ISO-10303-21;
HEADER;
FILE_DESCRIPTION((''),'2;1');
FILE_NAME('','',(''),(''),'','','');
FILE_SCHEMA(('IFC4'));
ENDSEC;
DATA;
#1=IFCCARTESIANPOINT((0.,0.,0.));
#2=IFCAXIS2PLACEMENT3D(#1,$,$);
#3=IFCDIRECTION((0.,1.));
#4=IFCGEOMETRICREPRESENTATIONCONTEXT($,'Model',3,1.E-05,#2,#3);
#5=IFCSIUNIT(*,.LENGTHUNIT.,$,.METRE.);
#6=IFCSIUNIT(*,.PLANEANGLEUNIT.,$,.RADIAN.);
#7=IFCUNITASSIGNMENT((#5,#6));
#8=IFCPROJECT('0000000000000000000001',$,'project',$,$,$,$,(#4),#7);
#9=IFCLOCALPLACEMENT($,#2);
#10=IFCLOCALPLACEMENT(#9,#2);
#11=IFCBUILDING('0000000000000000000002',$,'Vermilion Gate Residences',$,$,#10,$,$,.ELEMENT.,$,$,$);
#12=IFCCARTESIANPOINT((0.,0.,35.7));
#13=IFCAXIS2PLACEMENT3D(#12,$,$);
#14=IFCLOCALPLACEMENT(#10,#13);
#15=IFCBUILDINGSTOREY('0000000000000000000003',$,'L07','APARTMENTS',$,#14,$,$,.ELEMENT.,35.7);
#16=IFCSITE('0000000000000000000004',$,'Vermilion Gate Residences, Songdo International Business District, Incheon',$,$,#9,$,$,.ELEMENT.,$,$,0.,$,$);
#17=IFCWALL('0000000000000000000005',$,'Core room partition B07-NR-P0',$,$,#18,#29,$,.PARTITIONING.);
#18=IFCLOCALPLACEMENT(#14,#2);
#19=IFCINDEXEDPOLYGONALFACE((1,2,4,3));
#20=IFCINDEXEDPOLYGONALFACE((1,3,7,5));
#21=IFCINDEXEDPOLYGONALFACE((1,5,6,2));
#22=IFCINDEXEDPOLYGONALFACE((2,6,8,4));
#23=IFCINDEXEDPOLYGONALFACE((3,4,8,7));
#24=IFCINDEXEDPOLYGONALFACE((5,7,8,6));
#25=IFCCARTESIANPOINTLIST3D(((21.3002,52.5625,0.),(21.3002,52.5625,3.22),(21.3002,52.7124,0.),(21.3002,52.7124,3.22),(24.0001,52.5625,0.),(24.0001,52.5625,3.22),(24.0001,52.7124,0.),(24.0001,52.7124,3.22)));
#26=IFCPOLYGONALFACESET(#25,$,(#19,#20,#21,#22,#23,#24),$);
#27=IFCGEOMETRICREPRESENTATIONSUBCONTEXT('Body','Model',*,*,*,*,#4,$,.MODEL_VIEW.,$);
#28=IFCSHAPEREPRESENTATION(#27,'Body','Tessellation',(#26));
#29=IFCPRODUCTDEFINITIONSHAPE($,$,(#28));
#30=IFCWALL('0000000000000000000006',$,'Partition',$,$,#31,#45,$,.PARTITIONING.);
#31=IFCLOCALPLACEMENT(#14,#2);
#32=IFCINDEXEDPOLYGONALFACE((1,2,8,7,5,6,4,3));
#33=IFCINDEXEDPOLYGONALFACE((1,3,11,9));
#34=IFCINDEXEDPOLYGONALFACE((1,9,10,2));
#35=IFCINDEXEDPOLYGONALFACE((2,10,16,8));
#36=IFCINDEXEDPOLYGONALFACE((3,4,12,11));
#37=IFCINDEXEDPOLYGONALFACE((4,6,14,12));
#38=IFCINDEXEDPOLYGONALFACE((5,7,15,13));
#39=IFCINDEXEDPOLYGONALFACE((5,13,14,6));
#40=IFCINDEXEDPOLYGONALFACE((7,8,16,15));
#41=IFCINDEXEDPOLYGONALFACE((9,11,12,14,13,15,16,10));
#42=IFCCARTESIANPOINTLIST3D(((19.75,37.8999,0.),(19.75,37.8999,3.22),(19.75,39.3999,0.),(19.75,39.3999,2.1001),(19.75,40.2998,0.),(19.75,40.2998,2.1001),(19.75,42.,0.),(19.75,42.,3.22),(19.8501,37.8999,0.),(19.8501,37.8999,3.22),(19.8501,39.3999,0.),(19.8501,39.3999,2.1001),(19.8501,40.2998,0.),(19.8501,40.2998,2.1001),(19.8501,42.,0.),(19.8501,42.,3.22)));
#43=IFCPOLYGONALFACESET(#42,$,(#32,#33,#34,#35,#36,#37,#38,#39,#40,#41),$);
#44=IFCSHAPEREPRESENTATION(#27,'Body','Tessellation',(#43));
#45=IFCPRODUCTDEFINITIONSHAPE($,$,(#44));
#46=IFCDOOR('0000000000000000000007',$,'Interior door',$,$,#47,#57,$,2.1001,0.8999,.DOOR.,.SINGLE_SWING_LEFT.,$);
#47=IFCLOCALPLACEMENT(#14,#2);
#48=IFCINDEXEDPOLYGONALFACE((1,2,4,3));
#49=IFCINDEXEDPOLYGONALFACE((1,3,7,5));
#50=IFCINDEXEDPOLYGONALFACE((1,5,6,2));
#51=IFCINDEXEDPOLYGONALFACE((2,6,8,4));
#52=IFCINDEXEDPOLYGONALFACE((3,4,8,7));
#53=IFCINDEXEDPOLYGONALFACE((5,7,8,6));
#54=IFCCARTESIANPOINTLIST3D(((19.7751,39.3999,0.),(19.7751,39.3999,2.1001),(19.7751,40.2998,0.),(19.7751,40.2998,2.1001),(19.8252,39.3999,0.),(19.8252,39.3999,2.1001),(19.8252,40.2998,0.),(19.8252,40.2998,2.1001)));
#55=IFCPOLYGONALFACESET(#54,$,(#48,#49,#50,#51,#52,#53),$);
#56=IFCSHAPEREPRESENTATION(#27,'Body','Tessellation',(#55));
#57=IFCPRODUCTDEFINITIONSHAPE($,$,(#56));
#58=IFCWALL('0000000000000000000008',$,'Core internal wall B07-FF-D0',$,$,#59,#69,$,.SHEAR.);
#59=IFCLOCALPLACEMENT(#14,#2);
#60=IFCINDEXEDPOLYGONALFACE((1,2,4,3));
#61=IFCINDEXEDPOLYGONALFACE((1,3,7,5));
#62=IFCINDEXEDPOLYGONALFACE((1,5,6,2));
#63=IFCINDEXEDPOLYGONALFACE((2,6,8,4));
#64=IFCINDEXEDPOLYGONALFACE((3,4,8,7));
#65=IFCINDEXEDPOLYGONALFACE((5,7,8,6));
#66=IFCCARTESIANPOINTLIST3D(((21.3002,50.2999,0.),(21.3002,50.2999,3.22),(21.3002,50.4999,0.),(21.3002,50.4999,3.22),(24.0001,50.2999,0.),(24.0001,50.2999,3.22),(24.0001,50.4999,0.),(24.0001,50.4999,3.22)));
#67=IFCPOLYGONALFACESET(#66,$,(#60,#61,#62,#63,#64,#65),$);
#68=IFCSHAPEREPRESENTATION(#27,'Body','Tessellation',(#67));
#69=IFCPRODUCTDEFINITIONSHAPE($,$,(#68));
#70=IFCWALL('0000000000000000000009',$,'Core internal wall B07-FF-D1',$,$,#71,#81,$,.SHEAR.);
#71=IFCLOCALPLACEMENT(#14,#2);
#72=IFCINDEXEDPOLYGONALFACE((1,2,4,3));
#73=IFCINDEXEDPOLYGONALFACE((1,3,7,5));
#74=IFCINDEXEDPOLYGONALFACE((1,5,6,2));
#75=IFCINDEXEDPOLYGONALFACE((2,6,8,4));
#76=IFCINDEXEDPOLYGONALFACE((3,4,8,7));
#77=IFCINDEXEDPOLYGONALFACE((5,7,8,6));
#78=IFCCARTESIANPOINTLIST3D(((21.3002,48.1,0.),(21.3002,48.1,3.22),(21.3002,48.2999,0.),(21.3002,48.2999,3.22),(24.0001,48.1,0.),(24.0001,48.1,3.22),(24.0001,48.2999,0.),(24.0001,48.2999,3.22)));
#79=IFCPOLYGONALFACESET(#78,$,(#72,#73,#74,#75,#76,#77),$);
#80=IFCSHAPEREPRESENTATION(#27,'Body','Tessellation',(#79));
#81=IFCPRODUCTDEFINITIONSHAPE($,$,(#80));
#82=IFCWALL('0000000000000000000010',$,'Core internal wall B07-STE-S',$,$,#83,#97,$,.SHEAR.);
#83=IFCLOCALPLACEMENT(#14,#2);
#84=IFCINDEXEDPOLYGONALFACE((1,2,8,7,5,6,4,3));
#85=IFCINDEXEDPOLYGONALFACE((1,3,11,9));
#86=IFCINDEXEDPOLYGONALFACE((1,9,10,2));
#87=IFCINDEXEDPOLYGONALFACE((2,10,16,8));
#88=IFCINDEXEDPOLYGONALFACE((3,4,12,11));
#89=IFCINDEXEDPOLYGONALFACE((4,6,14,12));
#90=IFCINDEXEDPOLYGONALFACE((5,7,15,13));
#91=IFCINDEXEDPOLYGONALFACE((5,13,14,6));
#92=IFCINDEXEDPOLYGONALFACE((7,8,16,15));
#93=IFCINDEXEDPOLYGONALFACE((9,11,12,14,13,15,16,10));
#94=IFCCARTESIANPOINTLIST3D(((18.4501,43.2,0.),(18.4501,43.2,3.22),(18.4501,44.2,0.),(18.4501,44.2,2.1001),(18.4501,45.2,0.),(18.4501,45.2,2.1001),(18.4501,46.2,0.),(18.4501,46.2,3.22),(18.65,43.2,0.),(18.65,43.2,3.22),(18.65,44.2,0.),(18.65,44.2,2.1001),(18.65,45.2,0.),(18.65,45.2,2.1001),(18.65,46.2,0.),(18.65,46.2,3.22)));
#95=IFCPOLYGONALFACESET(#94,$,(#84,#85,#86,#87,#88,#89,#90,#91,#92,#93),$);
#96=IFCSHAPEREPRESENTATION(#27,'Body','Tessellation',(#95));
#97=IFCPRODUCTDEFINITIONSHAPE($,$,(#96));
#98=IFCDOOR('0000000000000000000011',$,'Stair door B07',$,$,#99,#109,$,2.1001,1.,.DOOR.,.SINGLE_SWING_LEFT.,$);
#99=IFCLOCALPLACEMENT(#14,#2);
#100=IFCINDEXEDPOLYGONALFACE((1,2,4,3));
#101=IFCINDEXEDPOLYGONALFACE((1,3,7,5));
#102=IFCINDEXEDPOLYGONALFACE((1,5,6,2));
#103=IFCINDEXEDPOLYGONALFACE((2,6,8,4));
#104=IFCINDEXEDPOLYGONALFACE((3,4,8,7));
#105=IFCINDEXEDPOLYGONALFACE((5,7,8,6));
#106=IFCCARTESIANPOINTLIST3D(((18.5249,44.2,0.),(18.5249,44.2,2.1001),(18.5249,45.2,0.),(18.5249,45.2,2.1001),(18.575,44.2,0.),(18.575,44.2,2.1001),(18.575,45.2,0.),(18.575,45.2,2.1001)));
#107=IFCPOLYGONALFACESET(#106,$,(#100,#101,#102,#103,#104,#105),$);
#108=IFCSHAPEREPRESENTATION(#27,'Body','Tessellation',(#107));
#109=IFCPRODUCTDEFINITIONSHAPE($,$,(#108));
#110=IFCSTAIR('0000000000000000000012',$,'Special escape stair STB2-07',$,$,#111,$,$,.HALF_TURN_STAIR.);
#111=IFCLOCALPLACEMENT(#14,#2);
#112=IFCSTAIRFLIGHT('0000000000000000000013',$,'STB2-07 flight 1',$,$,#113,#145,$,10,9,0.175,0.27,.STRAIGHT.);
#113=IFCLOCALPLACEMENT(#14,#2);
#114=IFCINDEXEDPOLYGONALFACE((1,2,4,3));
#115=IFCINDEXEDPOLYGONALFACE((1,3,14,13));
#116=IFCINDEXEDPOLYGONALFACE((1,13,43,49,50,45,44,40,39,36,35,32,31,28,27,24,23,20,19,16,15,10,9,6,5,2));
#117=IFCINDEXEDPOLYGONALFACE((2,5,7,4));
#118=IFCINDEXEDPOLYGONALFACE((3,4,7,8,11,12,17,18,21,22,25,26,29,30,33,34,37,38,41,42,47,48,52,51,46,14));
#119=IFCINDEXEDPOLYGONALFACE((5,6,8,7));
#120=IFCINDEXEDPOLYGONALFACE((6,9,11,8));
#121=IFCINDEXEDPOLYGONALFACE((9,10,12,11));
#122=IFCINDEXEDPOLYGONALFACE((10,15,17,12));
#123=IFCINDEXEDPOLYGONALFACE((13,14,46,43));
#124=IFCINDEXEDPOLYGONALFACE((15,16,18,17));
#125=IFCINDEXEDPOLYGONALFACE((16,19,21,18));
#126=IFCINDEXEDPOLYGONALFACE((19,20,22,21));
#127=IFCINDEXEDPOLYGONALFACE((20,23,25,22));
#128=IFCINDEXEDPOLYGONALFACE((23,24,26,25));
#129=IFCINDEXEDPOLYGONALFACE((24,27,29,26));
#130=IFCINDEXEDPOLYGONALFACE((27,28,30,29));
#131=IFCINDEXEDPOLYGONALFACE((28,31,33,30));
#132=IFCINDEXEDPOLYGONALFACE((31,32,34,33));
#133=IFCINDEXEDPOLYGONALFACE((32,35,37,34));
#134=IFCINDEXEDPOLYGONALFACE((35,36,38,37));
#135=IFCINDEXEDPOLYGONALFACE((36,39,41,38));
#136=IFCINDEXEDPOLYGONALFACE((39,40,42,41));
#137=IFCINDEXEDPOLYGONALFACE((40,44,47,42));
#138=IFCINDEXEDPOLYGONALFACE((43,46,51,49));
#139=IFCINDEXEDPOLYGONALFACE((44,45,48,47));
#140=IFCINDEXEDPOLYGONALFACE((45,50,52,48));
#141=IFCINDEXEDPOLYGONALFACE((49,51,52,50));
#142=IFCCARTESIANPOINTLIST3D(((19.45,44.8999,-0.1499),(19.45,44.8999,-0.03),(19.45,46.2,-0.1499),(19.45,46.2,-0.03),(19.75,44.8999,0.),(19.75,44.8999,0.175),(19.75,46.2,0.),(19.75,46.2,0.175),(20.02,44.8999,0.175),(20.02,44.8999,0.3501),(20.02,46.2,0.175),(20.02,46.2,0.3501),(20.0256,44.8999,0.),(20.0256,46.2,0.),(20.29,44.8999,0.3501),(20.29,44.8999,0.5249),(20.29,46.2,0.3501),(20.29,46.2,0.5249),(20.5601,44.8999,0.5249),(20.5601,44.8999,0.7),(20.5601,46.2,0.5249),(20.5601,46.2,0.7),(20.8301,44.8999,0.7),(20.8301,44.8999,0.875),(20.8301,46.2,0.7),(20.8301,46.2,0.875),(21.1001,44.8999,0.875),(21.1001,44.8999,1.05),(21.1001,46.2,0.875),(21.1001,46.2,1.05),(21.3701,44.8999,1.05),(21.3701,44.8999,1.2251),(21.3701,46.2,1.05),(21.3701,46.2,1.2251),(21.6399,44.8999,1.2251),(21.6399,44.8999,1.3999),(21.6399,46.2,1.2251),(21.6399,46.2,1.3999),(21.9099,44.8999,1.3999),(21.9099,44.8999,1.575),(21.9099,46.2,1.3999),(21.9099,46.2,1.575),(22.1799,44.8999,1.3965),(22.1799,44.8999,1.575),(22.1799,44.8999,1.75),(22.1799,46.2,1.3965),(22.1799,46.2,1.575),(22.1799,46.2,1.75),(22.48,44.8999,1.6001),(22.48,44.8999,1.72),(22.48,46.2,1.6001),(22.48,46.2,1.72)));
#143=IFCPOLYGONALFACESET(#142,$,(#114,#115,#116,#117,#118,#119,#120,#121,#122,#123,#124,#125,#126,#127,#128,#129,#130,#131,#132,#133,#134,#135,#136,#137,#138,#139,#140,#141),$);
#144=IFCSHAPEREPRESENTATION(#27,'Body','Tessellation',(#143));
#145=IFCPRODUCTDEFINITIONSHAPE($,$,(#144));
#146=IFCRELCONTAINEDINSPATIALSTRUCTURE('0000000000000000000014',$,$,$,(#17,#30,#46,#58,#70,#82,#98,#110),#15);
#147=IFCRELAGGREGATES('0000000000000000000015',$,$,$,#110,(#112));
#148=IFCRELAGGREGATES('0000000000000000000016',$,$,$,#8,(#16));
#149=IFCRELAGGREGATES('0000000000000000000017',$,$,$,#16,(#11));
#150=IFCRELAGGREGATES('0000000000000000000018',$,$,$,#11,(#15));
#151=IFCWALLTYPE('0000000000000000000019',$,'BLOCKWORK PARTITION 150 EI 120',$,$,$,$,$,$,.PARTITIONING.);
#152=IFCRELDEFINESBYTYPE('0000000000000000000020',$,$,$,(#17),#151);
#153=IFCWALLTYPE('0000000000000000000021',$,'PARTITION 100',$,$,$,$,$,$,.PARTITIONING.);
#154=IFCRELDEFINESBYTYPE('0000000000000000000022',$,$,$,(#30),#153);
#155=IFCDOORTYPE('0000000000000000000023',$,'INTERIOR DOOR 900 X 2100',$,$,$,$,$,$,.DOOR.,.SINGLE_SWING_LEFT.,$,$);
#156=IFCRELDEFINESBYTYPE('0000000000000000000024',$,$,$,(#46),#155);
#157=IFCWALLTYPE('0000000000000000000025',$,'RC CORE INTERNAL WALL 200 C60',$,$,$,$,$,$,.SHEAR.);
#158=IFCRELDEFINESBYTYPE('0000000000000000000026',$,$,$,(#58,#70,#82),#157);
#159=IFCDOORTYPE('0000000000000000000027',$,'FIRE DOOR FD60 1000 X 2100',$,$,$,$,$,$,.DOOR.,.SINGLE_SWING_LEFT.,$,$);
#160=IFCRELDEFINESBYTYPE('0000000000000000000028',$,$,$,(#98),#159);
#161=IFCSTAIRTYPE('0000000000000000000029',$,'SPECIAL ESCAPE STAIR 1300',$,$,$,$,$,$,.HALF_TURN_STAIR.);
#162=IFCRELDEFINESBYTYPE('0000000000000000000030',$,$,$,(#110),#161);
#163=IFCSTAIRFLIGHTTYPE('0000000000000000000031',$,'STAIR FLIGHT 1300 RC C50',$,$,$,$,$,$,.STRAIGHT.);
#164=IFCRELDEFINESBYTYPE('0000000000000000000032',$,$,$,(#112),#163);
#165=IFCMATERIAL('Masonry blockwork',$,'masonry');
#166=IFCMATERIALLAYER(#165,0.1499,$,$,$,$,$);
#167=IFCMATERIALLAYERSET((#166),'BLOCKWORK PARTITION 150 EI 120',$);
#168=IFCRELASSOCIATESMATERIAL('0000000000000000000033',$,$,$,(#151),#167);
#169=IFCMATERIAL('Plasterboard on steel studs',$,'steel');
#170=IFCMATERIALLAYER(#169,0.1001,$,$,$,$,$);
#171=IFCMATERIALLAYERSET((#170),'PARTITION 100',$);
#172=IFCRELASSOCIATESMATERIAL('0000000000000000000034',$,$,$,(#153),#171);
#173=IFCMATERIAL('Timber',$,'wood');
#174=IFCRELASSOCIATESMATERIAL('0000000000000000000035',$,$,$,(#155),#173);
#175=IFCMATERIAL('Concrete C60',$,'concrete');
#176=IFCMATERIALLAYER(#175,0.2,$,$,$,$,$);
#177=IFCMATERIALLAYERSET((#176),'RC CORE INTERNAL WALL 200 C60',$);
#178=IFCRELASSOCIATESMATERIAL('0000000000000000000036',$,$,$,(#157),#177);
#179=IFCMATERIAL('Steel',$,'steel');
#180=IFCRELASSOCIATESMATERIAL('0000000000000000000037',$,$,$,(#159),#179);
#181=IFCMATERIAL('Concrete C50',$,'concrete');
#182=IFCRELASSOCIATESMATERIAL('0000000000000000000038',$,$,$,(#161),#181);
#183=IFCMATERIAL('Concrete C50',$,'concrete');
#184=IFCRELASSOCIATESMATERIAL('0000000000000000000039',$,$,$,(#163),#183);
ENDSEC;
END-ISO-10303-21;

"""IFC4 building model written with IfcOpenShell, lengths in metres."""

from ifc_helpers import new_model, si_unit, direction, frame, frame_2d, origin, place, context, subcontext, project, spatial, polyline, rectangle, outline, extrude, material, layer, layer_set, type_object, element, fill, aggregate, save


model = new_model("IFC4")

# Units and contexts
model_context = context("Model", 3, precision=1e-05, world=origin(), true_north=direction((0.0, 1.0)))
body_context = subcontext(model_context, "Body", "Model", "MODEL_VIEW")
ifc_project = project(units=[si_unit("LENGTHUNIT", "METRE"), si_unit("PLANEANGLEUNIT", "RADIAN")], contexts=[model_context])

# Site, building, storey
site_placement = place(None, origin())
site = spatial("IfcSite", under=ifc_project, at=site_placement, Name="Vermilion Gate Residences, Songdo International Business District, Incheon", CompositionType="ELEMENT", RefElevation=0.0)
building_placement = place(site_placement, origin())
building = spatial("IfcBuilding", under=site, at=building_placement, Name="Vermilion Gate Residences", CompositionType="ELEMENT")
storey_placement = place(building_placement, frame((0.0, 0.0, 35.7)))
storey = spatial("IfcBuildingStorey", under=building, at=storey_placement, Name="L07", Description="APARTMENTS", CompositionType="ELEMENT", Elevation=35.7)

# Wall
ifc_material_1 = material(Name="Masonry blockwork", Category="masonry")
ifc_layer_1 = layer(ifc_material_1, 0.1499)
ifc_layer_set_1 = layer_set([ifc_layer_1], Name="BLOCKWORK PARTITION 150 EI 120")
wall_type_1 = type_object("IfcWallType", Name="BLOCKWORK PARTITION 150 EI 120", PredefinedType="PARTITIONING", material=ifc_layer_set_1)
wall_1_placement = place(storey_placement, frame((21.3, 52.6375, 0.0), z_axis=(0.0, 0.0, 1.0), x_axis=(1.0, 0.0, 0.0)))
element("IfcWall", 1, at=wall_1_placement, inside=storey, type_object=wall_type_1, Name="Core room partition B07-NR-P0", PredefinedType="PARTITIONING", context=body_context, shape_type="SweptSolid", body=[
    extrude(rectangle(XDim=2.7, YDim=0.1499, at=frame_2d((1.3501, 0.0))), origin(), (0.0, 0.0, 1.0), 3.22),
])

# Wall, opening, door
ifc_material_2 = material(Name="Plasterboard on steel studs", Category="steel")
ifc_layer_2 = layer(ifc_material_2, 0.1001)
ifc_layer_set_2 = layer_set([ifc_layer_2], Name="PARTITION 100")
wall_type_2 = type_object("IfcWallType", Name="PARTITION 100", PredefinedType="PARTITIONING", material=ifc_layer_set_2)
wall_2_placement = place(storey_placement, frame((19.8, 37.8999, 0.0), z_axis=(0.0, 0.0, 1.0), x_axis=(0.0, 1.0, 0.0)))
wall_2 = element("IfcWall", 2, at=wall_2_placement, inside=storey, type_object=wall_type_2, Name="Partition", PredefinedType="PARTITIONING", context=body_context, shape_type="SweptSolid", body=[
    extrude(rectangle(XDim=4.1001, YDim=0.1001, at=frame_2d((2.05, 0.0))), origin(), (0.0, 0.0, 1.0), 3.22),
])
opening_1_placement = place(wall_2_placement, frame((1.5, 0.0, 0.0)))
opening_1 = element("IfcOpeningElement", 3, at=opening_1_placement, cuts=wall_2, PredefinedType="OPENING", context=body_context, shape_type="SweptSolid", body=[
    extrude(rectangle(XDim=0.8999, YDim=2.1001, at=frame_2d((0.45, 1.05))), frame((0.0, 0.0601, 0.0), z_axis=(0.0, -1.0, 0.0), x_axis=(1.0, 0.0, 0.0)), (0.0, 0.0, 1.0), 0.1201),
])
ifc_material_3 = material(Name="Timber", Category="wood")
door_type_1 = type_object("IfcDoorType", Name="INTERIOR DOOR 900 X 2100", OperationType="SINGLE_SWING_LEFT", PredefinedType="DOOR", material=ifc_material_3)
door_1_placement = place(opening_1_placement, origin())
door_1 = element("IfcDoor", 4, at=door_1_placement, inside=storey, type_object=door_type_1, Name="Interior door", OperationType="SINGLE_SWING_LEFT", OverallHeight=2.1001, OverallWidth=0.8999, PredefinedType="DOOR", context=body_context, shape_type="SweptSolid", body=[
    extrude(rectangle(XDim=0.8999, YDim=2.1001, at=frame_2d((0.45, 1.05))), frame((0.0, 0.0249, 0.0), z_axis=(0.0, -1.0, 0.0), x_axis=(1.0, 0.0, 0.0)), (0.0, 0.0, 1.0), 0.05),
])
fill(opening_1, door_1)

# Walls
ifc_material_4 = material(Name="Concrete C60", Category="concrete")
ifc_layer_3 = layer(ifc_material_4, 0.2)
ifc_layer_set_3 = layer_set([ifc_layer_3], Name="RC CORE INTERNAL WALL 200 C60")
wall_type_3 = type_object("IfcWallType", Name="RC CORE INTERNAL WALL 200 C60", PredefinedType="SHEAR", material=ifc_layer_set_3)
for number, where, z_axis, x_axis, name in (
    (5, (21.3, 50.3999, 0.0), (0.0, 0.0, 1.0), (1.0, 0.0, 0.0), "Core internal wall B07-FF-D0"),
    (6, (21.3, 48.2, 0.0), (0.0, 0.0, 1.0), (1.0, 0.0, 0.0), "Core internal wall B07-FF-D1"),
):
    element("IfcWall", number, at=place(storey_placement, frame(where, z_axis=z_axis, x_axis=x_axis)), inside=storey, type_object=wall_type_3, Name=name, PredefinedType="SHEAR", context=body_context, shape_type="SweptSolid", body=[
        extrude(rectangle(XDim=2.7, YDim=0.2, at=frame_2d((1.3501, 0.0))), origin(), (0.0, 0.0, 1.0), 3.22),
    ])

# Wall, opening, door
wall_3_placement = place(storey_placement, frame((18.55, 46.2, 0.0), z_axis=(0.0, 0.0, 1.0), x_axis=(0.0, -1.0, 0.0)))
wall_3 = element("IfcWall", 7, at=wall_3_placement, inside=storey, type_object=wall_type_3, Name="Core internal wall B07-STE-S", PredefinedType="SHEAR", context=body_context, shape_type="SweptSolid", body=[
    extrude(rectangle(XDim=3.0, YDim=0.2, at=frame_2d((1.5, 0.0))), origin(), (0.0, 0.0, 1.0), 3.22),
])
opening_2_placement = place(wall_3_placement, frame((1.0, 0.0, 0.0)))
opening_2 = element("IfcOpeningElement", 8, at=opening_2_placement, cuts=wall_3, PredefinedType="OPENING", context=body_context, shape_type="SweptSolid", body=[
    extrude(rectangle(XDim=1.0, YDim=2.1001, at=frame_2d((0.5, 1.05))), frame((0.0, 0.1099, 0.0), z_axis=(0.0, -1.0, 0.0), x_axis=(1.0, 0.0, 0.0)), (0.0, 0.0, 1.0), 0.22),
])
ifc_material_5 = material(Name="Steel", Category="steel")
door_type_2 = type_object("IfcDoorType", Name="FIRE DOOR FD60 1000 X 2100", OperationType="SINGLE_SWING_LEFT", PredefinedType="DOOR", material=ifc_material_5)
door_2_placement = place(opening_2_placement, origin())
door_2 = element("IfcDoor", 9, at=door_2_placement, inside=storey, type_object=door_type_2, Name="Stair door B07", OperationType="SINGLE_SWING_LEFT", OverallHeight=2.1001, OverallWidth=1.0, PredefinedType="DOOR", context=body_context, shape_type="SweptSolid", body=[
    extrude(rectangle(XDim=1.0, YDim=2.1001, at=frame_2d((0.5, 1.05))), frame((0.0, 0.0249, 0.0), z_axis=(0.0, -1.0, 0.0), x_axis=(1.0, 0.0, 0.0)), (0.0, 0.0, 1.0), 0.05),
])
fill(opening_2, door_2)

# Stair, stair flight
ifc_material_6 = material(Name="Concrete C50", Category="concrete")
stair_type = type_object("IfcStairType", Name="SPECIAL ESCAPE STAIR 1300", PredefinedType="HALF_TURN_STAIR", material=ifc_material_6)
stair_placement = place(storey_placement, origin())
stair = element("IfcStair", 10, at=stair_placement, inside=storey, type_object=stair_type, Name="Special escape stair STB2-07", PredefinedType="HALF_TURN_STAIR")
ifc_material_7 = material(Name="Concrete C50", Category="concrete")
stair_flight_type = type_object("IfcStairFlightType", Name="STAIR FLIGHT 1300 RC C50", PredefinedType="STRAIGHT", material=ifc_material_7)
stair_flight_1_placement = place(storey_placement, frame((19.75, 45.55, 0.0), z_axis=(0.0, 0.0, 1.0), x_axis=(1.0, 0.0, 0.0)))
stair_flight_1 = element("IfcStairFlight", 11, at=stair_flight_1_placement, type_object=stair_flight_type, Name="STB2-07 flight 1", NumberOfRisers=10, NumberOfTreads=9, PredefinedType="STRAIGHT", RiserHeight=0.175, TreadLength=0.27, context=body_context, shape_type="SweptSolid", body=[
    extrude(outline(polyline([(-0.3, -0.1499), (-0.3, -0.03), (0.0, 0.0), (0.0, 0.175), (0.27, 0.175), (0.27, 0.3501), (0.54, 0.3501), (0.54, 0.5249), (0.8101, 0.5249), (0.8101, 0.7), (1.0801, 0.7), (1.0801, 0.875), (1.3501, 0.875), (1.3501, 1.05), (1.6201, 1.05), (1.6201, 1.2251), (1.8899, 1.2251), (1.8899, 1.3999), (2.1599, 1.3999), (2.1599, 1.575), (2.4299, 1.575), (2.4299, 1.75), (2.73, 1.72), (2.73, 1.6001), (2.4299, 1.3965), (0.2756, 0.0), (-0.3, -0.1499)])), frame((0.0, 0.6499, 0.0), z_axis=(0.0, -1.0, 0.0), x_axis=(1.0, 0.0, 0.0)), (0.0, 0.0, 1.0), 1.3),
])
aggregate(stair, [stair_flight_1])

save(model, "model.ifc")
